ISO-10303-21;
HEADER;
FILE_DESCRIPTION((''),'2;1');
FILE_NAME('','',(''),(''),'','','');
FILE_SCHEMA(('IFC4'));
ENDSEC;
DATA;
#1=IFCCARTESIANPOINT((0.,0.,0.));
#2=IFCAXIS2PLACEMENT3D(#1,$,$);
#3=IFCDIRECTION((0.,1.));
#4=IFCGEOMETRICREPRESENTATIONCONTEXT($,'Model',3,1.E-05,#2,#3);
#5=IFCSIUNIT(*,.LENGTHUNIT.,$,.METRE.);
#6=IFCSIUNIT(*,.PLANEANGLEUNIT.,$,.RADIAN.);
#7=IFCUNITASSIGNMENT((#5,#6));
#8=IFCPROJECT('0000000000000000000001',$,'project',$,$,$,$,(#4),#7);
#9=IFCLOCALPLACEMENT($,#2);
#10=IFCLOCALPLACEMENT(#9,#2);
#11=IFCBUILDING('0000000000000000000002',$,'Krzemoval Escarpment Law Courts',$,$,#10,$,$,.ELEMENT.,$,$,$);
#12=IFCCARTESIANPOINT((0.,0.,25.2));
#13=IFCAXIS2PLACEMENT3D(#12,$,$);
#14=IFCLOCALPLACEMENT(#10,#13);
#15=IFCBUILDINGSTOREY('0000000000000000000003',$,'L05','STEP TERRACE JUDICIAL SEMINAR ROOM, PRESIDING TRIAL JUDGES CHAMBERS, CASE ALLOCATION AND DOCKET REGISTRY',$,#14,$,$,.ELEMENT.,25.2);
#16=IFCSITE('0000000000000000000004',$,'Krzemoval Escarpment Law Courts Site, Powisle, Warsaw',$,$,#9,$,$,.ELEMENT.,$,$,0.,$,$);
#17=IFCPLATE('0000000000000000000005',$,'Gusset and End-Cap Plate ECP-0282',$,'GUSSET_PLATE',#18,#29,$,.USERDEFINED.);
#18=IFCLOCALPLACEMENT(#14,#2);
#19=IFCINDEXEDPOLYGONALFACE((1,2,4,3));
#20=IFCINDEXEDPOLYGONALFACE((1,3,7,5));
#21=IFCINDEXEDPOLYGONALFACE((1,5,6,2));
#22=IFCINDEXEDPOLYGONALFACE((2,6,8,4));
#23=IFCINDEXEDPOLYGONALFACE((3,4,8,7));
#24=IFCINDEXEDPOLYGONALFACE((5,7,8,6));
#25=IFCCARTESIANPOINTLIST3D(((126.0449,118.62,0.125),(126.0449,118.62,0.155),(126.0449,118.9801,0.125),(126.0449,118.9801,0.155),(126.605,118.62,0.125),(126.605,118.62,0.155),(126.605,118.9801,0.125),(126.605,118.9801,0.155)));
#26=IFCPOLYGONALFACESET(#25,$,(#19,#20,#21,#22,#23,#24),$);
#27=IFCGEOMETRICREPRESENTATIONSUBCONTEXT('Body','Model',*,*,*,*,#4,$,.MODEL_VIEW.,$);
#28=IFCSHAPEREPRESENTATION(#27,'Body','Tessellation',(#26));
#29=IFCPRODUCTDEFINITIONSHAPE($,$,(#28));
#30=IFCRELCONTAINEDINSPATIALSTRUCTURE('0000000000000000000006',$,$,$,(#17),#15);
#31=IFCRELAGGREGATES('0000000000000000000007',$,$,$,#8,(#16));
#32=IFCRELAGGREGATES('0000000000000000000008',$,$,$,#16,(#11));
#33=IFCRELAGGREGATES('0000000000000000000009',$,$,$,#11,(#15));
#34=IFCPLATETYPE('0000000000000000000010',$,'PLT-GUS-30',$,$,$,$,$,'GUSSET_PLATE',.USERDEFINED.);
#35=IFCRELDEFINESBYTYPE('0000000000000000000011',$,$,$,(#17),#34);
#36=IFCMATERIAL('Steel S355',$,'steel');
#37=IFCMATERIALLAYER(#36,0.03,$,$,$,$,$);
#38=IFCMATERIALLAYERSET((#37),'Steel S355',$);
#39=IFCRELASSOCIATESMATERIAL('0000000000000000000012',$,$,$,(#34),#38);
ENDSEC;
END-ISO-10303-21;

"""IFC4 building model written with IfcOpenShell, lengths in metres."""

from ifc_helpers import new_model, si_unit, direction, frame, origin, origin_2d, place, context, subcontext, project, spatial, rectangle, extrude, material, layer, layer_set, type_object, element, save


model = new_model("IFC4")

# Units and contexts
model_context = context("Model", 3, precision=1e-05, world=origin(), true_north=direction((0.0, 1.0)))
body_context = subcontext(model_context, "Body", "Model", "MODEL_VIEW")
ifc_project = project(units=[si_unit("LENGTHUNIT", "METRE"), si_unit("PLANEANGLEUNIT", "RADIAN")], contexts=[model_context])

# Site, building, storey
site_placement = place(None, origin())
site = spatial("IfcSite", under=ifc_project, at=site_placement, Name="Krzemoval Escarpment Law Courts Site, Powisle, Warsaw", CompositionType="ELEMENT", RefElevation=0.0)
building_placement = place(site_placement, origin())
building = spatial("IfcBuilding", under=site, at=building_placement, Name="Krzemoval Escarpment Law Courts", CompositionType="ELEMENT")
storey_placement = place(building_placement, frame((0.0, 0.0, 25.2)))
storey = spatial("IfcBuildingStorey", under=building, at=storey_placement, Name="L05", Description="STEP TERRACE JUDICIAL SEMINAR ROOM, PRESIDING TRIAL JUDGES CHAMBERS, CASE ALLOCATION AND DOCKET REGISTRY", CompositionType="ELEMENT", Elevation=25.2)

# Plate
ifc_material_1 = material(Name="Steel S355", Category="steel")
ifc_layer_1 = layer(ifc_material_1, 0.03)
ifc_layer_set_1 = layer_set([ifc_layer_1], Name="Steel S355")
plate_type_1 = type_object("IfcPlateType", Name="PLT-GUS-30", ElementType="GUSSET_PLATE", PredefinedType="USERDEFINED", material=ifc_layer_set_1)
plate_1_placement = place(storey_placement, frame((126.325, 118.8, 0.125), z_axis=(0.0, 0.0, 1.0), x_axis=(1.0, 0.0, 0.0)))
element("IfcPlate", 1, at=plate_1_placement, inside=storey, type_object=plate_type_1, Name="Gusset and End-Cap Plate ECP-0282", ObjectType="GUSSET_PLATE", PredefinedType="USERDEFINED", context=body_context, shape_type="SweptSolid", body=[
    extrude(rectangle(XDim=0.5601, YDim=0.3601, at=origin_2d()), origin(), (0.0, 0.0, 1.0), 0.03),
])

save(model, "model.ifc")
